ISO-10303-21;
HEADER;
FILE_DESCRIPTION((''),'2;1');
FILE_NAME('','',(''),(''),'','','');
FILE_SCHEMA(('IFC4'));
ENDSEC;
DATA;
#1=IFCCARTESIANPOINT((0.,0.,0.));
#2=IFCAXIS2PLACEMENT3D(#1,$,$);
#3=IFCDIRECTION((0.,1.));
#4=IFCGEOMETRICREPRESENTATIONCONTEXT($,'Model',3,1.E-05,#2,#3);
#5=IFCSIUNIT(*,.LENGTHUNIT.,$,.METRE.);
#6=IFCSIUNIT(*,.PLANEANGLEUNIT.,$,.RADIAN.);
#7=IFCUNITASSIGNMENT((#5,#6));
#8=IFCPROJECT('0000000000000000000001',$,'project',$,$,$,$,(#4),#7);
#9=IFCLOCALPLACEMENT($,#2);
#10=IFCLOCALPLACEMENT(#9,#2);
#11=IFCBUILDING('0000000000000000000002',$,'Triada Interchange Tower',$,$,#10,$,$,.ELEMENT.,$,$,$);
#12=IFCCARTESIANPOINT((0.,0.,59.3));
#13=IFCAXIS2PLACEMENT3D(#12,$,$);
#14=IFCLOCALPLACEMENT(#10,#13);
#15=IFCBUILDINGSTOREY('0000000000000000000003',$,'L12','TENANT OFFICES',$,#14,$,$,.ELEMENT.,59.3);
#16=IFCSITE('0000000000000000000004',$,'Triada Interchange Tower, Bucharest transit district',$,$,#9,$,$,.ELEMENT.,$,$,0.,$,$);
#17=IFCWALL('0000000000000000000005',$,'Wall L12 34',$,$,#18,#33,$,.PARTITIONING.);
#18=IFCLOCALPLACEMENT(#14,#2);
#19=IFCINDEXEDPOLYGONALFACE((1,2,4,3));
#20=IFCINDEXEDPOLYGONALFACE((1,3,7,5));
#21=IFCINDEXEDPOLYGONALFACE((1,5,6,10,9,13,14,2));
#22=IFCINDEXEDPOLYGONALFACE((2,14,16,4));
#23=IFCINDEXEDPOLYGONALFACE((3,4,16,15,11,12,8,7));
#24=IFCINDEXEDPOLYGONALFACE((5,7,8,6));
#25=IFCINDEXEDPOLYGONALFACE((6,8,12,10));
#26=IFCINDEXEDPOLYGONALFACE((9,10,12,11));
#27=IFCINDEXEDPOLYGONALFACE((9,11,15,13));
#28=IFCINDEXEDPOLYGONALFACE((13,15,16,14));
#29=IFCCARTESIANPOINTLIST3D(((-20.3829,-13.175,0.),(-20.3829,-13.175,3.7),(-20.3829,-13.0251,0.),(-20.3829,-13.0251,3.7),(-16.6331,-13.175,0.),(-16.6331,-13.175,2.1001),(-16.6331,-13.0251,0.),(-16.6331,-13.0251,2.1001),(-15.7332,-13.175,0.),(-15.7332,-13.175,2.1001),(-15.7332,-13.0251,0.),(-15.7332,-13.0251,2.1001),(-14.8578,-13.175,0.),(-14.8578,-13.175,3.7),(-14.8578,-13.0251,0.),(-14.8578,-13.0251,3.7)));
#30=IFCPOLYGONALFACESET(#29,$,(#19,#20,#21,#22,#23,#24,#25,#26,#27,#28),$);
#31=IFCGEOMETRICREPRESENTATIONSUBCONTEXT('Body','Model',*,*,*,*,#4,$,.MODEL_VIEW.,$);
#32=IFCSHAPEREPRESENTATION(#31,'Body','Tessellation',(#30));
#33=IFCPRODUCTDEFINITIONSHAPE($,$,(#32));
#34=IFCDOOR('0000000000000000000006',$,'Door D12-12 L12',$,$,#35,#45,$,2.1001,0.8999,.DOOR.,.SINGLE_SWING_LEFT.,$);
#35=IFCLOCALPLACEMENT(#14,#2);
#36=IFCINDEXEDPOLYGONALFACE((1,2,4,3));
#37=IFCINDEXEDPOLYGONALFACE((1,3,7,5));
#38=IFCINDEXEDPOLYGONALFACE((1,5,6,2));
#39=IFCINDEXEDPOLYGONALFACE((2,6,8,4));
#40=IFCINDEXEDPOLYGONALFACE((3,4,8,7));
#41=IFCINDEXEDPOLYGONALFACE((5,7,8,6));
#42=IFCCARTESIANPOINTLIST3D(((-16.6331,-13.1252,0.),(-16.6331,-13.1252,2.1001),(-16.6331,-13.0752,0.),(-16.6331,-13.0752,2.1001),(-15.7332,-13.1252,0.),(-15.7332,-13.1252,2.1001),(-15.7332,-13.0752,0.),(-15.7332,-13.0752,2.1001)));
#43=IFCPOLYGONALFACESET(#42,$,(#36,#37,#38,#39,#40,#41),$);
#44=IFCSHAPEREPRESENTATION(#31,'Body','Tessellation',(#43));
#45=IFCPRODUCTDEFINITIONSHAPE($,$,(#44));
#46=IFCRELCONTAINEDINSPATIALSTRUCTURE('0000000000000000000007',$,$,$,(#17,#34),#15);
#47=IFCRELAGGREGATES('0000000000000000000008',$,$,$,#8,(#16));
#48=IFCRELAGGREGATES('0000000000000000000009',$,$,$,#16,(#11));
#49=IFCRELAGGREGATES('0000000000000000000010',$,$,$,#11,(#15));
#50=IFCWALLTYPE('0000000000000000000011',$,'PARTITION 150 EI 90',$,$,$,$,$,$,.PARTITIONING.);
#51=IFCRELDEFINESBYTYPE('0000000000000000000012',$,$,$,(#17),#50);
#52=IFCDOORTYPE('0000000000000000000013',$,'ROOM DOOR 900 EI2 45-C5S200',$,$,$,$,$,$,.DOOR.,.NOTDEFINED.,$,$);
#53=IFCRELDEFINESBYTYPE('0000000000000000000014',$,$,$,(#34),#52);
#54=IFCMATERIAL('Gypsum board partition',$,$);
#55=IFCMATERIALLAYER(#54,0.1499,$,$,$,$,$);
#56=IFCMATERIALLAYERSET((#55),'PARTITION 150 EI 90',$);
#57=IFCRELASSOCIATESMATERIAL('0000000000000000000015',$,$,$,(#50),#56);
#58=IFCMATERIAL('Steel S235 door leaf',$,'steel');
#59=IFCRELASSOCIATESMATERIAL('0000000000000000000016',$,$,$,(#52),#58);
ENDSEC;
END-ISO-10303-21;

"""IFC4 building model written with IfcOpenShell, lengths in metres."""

from ifc_helpers import new_model, si_unit, direction, frame, frame_2d, origin, place, context, subcontext, project, spatial, rectangle, extrude, material, layer, layer_set, type_object, element, fill, save


model = new_model("IFC4")

# Units and contexts
model_context = context("Model", 3, precision=1e-05, world=origin(), true_north=direction((0.0, 1.0)))
body_context = subcontext(model_context, "Body", "Model", "MODEL_VIEW")
ifc_project = project(units=[si_unit("LENGTHUNIT", "METRE"), si_unit("PLANEANGLEUNIT", "RADIAN")], contexts=[model_context])

# Site, building, storey
site_placement = place(None, origin())
site = spatial("IfcSite", under=ifc_project, at=site_placement, Name="Triada Interchange Tower, Bucharest transit district", CompositionType="ELEMENT", RefElevation=0.0)
building_placement = place(site_placement, origin())
building = spatial("IfcBuilding", under=site, at=building_placement, Name="Triada Interchange Tower", CompositionType="ELEMENT")
storey_placement = place(building_placement, frame((0.0, 0.0, 59.3)))
storey = spatial("IfcBuildingStorey", under=building, at=storey_placement, Name="L12", Description="TENANT OFFICES", CompositionType="ELEMENT", Elevation=59.3)

# Shared definitions
ifc_material_1 = material(Name="Gypsum board partition")
ifc_material_2 = material(Name="Steel S235 door leaf", Category="steel")

# Wall, opening, door
ifc_layer_1 = layer(ifc_material_1, 0.1499)
ifc_layer_set_1 = layer_set([ifc_layer_1], Name="PARTITION 150 EI 90")
wall_type_1 = type_object("IfcWallType", Name="PARTITION 150 EI 90", PredefinedType="PARTITIONING", material=ifc_layer_set_1)
wall_1_placement = place(storey_placement, frame((-20.3831, -13.1001, 0.0), z_axis=(0.0, 0.0, 1.0), x_axis=(1.0, 0.0, 0.0)))
wall_1 = element("IfcWall", 1, at=wall_1_placement, inside=storey, type_object=wall_type_1, Name="Wall L12 34", PredefinedType="PARTITIONING", context=body_context, shape_type="SweptSolid", body=[
    extrude(rectangle(XDim=5.5251, YDim=0.1499, at=frame_2d((2.7627, 0.0))), origin(), (0.0, 0.0, 1.0), 3.7),
])
opening_1_placement = place(wall_1_placement, frame((3.75, 0.0, 0.0)))
opening_1 = element("IfcOpeningElement", 2, at=opening_1_placement, cuts=wall_1, PredefinedType="OPENING", context=body_context, shape_type="SweptSolid", body=[
    extrude(rectangle(XDim=0.8999, YDim=2.1001, at=frame_2d((0.45, 1.05))), frame((0.0, 0.085, 0.0), z_axis=(0.0, -1.0, 0.0), x_axis=(1.0, 0.0, 0.0)), (0.0, 0.0, 1.0), 0.1699),
])
door_type_1 = type_object("IfcDoorType", Name="ROOM DOOR 900 EI2 45-C5S200", OperationType="NOTDEFINED", PredefinedType="DOOR", material=ifc_material_2)
door_1_placement = place(opening_1_placement, origin())
door_1 = element("IfcDoor", 3, at=door_1_placement, inside=storey, type_object=door_type_1, Name="Door D12-12 L12", OperationType="SINGLE_SWING_LEFT", OverallHeight=2.1001, OverallWidth=0.8999, PredefinedType="DOOR", context=body_context, shape_type="SweptSolid", body=[
    extrude(rectangle(XDim=0.8999, YDim=2.1001, at=frame_2d((0.45, 1.05))), frame((0.0, 0.0249, 0.0), z_axis=(0.0, -1.0, 0.0), x_axis=(1.0, 0.0, 0.0)), (0.0, 0.0, 1.0), 0.05),
])
fill(opening_1, door_1)

save(model, "model.ifc")
